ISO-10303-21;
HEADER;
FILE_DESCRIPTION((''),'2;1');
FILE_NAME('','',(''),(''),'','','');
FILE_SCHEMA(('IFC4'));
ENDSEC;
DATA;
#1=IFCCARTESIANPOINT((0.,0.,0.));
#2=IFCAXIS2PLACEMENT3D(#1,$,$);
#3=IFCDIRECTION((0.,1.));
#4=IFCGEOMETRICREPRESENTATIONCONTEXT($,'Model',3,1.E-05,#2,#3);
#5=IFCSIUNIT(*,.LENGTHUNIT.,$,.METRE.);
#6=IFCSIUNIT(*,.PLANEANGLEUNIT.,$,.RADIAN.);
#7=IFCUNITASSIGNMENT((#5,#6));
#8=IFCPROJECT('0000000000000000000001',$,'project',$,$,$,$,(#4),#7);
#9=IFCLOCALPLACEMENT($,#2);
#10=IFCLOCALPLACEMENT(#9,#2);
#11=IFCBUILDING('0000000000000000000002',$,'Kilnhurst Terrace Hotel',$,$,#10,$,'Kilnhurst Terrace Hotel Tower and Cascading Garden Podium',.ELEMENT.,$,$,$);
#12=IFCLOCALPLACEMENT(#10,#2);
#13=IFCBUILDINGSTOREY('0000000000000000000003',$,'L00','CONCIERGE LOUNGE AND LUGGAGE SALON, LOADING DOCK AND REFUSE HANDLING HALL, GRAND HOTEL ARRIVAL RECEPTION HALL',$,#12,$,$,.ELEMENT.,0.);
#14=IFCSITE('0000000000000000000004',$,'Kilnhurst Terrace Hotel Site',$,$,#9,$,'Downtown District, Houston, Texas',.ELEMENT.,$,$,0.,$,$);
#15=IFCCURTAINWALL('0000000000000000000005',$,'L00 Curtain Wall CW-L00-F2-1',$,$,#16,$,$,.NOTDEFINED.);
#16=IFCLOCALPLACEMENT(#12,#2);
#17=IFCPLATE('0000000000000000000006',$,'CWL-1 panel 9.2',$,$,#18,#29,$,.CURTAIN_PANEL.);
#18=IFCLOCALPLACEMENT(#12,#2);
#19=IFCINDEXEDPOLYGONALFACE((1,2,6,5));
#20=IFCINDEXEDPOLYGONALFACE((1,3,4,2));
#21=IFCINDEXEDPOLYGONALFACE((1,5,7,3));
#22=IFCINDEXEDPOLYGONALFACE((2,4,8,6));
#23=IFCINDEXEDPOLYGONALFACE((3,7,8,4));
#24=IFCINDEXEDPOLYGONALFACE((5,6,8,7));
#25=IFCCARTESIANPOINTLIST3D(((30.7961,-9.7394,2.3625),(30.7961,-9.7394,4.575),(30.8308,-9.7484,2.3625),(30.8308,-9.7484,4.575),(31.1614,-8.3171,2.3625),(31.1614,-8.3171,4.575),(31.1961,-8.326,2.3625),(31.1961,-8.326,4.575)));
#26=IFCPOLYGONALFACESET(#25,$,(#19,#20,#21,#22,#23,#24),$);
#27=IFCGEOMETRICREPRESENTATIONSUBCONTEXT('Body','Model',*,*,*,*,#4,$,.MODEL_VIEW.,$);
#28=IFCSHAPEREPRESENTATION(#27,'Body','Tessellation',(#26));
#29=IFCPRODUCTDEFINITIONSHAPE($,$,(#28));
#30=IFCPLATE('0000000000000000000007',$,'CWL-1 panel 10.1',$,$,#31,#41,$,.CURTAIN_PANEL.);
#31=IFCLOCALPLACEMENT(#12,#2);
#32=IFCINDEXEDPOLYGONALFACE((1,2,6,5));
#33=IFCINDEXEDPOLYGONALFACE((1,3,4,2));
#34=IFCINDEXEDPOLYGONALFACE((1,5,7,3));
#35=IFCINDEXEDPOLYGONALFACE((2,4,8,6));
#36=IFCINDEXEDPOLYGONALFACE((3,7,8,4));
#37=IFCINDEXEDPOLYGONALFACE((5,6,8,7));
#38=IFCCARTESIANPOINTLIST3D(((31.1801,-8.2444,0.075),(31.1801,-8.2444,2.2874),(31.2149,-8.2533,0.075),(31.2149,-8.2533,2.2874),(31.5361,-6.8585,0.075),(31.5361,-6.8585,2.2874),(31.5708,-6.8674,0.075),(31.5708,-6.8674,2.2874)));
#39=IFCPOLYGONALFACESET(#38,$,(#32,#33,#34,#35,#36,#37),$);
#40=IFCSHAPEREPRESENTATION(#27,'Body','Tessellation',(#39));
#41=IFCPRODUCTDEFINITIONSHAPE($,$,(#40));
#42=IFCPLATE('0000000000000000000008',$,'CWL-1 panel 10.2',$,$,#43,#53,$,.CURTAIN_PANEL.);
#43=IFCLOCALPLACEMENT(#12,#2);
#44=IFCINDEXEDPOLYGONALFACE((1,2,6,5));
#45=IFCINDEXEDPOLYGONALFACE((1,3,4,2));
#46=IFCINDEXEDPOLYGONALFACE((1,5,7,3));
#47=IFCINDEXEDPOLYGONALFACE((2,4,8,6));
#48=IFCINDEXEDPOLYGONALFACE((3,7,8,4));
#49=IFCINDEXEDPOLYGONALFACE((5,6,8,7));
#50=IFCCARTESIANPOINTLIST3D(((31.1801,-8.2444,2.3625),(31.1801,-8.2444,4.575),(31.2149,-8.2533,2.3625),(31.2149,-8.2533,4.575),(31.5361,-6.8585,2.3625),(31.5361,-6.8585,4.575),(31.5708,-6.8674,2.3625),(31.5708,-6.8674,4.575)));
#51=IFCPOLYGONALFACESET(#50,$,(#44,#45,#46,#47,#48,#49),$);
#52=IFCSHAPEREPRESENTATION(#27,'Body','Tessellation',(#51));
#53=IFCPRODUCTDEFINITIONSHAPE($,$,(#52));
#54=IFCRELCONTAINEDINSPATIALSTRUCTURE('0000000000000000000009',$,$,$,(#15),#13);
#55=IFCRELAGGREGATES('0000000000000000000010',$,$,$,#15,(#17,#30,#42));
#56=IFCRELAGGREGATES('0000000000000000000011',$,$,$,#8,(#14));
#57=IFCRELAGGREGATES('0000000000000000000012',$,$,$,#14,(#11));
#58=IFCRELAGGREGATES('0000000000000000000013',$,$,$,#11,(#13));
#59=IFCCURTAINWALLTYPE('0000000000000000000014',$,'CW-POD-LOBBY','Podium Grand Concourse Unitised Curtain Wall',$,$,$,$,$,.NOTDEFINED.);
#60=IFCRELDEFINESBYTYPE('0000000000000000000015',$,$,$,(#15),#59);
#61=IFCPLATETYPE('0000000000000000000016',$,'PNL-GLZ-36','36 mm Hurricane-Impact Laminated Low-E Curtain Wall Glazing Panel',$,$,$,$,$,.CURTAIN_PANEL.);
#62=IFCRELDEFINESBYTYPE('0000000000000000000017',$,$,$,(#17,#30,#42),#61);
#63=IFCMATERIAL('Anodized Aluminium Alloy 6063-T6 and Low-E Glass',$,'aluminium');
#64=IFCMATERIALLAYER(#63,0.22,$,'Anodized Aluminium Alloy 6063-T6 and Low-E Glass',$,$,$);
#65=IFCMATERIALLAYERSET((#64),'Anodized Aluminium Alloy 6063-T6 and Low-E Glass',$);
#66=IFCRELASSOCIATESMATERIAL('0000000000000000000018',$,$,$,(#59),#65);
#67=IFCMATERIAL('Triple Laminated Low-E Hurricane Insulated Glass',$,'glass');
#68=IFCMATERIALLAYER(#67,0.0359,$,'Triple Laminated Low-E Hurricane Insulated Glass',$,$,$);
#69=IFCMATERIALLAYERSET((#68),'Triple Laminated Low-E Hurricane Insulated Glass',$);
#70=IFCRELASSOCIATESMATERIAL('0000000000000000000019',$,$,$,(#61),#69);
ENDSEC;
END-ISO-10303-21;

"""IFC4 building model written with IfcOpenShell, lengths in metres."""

from ifc_helpers import new_model, si_unit, direction, frame, origin, origin_2d, place, context, subcontext, project, spatial, rectangle, extrude, material, layer, layer_set, type_object, element, aggregate, save


model = new_model("IFC4")

# Units and contexts
model_context = context("Model", 3, precision=1e-05, world=origin(), true_north=direction((0.0, 1.0)))
body_context = subcontext(model_context, "Body", "Model", "MODEL_VIEW")
ifc_project = project(units=[si_unit("LENGTHUNIT", "METRE"), si_unit("PLANEANGLEUNIT", "RADIAN")], contexts=[model_context])

# Site, building, storey
site_placement = place(None, origin())
site = spatial("IfcSite", under=ifc_project, at=site_placement, Name="Kilnhurst Terrace Hotel Site", LongName="Downtown District, Houston, Texas", CompositionType="ELEMENT", RefElevation=0.0)
building_placement = place(site_placement, origin())
building = spatial("IfcBuilding", under=site, at=building_placement, Name="Kilnhurst Terrace Hotel", LongName="Kilnhurst Terrace Hotel Tower and Cascading Garden Podium", CompositionType="ELEMENT")
storey_placement = place(building_placement, origin())
storey = spatial("IfcBuildingStorey", under=building, at=storey_placement, Name="L00", Description="CONCIERGE LOUNGE AND LUGGAGE SALON, LOADING DOCK AND REFUSE HANDLING HALL, GRAND HOTEL ARRIVAL RECEPTION HALL", CompositionType="ELEMENT", Elevation=0.0)

# Curtain wall, plates
ifc_material_1 = material(Name="Anodized Aluminium Alloy 6063-T6 and Low-E Glass", Category="aluminium")
ifc_layer_1 = layer(ifc_material_1, 0.22, Name="Anodized Aluminium Alloy 6063-T6 and Low-E Glass")
ifc_layer_set_1 = layer_set([ifc_layer_1], Name="Anodized Aluminium Alloy 6063-T6 and Low-E Glass")
curtain_wall_type = type_object("IfcCurtainWallType", Name="CW-POD-LOBBY", Description="Podium Grand Concourse Unitised Curtain Wall", PredefinedType="NOTDEFINED", material=ifc_layer_set_1)
curtain_wall_placement = place(storey_placement, origin())
curtain_wall = element("IfcCurtainWall", 1, at=curtain_wall_placement, inside=storey, type_object=curtain_wall_type, Name="L00 Curtain Wall CW-L00-F2-1", PredefinedType="NOTDEFINED")
ifc_material_2 = material(Name="Triple Laminated Low-E Hurricane Insulated Glass", Category="glass")
ifc_layer_2 = layer(ifc_material_2, 0.0359, Name="Triple Laminated Low-E Hurricane Insulated Glass")
ifc_layer_set_2 = layer_set([ifc_layer_2], Name="Triple Laminated Low-E Hurricane Insulated Glass")
plate_type = type_object("IfcPlateType", Name="PNL-GLZ-36", Description="36 mm Hurricane-Impact Laminated Low-E Curtain Wall Glazing Panel", PredefinedType="CURTAIN_PANEL", material=ifc_layer_set_2)
plate_1_placement = place(storey_placement, frame((30.9961, -9.0327, 2.3625), z_axis=(0.0, 0.0, 1.0), x_axis=(0.24874, 0.96857, 0.0)))
plate_1 = element("IfcPlate", 2, at=plate_1_placement, type_object=plate_type, Name="CWL-1 panel 9.2", PredefinedType="CURTAIN_PANEL", context=body_context, shape_type="SweptSolid", body=[
    extrude(rectangle(XDim=1.4685, YDim=0.0359, at=origin_2d()), origin(), (0.0, 0.0, 1.0), 2.2124),
])
plate_2_placement = place(storey_placement, frame((31.3755, -7.5559, 0.075), z_axis=(0.0, 0.0, 1.0), x_axis=(0.24874, 0.96857, 0.0)))
plate_2 = element("IfcPlate", 3, at=plate_2_placement, type_object=plate_type, Name="CWL-1 panel 10.1", PredefinedType="CURTAIN_PANEL", context=body_context, shape_type="SweptSolid", body=[
    extrude(rectangle(XDim=1.4309, YDim=0.0359, at=origin_2d()), origin(), (0.0, 0.0, 1.0), 2.2124),
])
plate_3_placement = place(storey_placement, frame((31.3755, -7.5559, 2.3625), z_axis=(0.0, 0.0, 1.0), x_axis=(0.24874, 0.96857, 0.0)))
plate_3 = element("IfcPlate", 4, at=plate_3_placement, type_object=plate_type, Name="CWL-1 panel 10.2", PredefinedType="CURTAIN_PANEL", context=body_context, shape_type="SweptSolid", body=[
    extrude(rectangle(XDim=1.4309, YDim=0.0359, at=origin_2d()), origin(), (0.0, 0.0, 1.0), 2.2124),
])
aggregate(curtain_wall, [plate_1, plate_2, plate_3])

save(model, "model.ifc")
